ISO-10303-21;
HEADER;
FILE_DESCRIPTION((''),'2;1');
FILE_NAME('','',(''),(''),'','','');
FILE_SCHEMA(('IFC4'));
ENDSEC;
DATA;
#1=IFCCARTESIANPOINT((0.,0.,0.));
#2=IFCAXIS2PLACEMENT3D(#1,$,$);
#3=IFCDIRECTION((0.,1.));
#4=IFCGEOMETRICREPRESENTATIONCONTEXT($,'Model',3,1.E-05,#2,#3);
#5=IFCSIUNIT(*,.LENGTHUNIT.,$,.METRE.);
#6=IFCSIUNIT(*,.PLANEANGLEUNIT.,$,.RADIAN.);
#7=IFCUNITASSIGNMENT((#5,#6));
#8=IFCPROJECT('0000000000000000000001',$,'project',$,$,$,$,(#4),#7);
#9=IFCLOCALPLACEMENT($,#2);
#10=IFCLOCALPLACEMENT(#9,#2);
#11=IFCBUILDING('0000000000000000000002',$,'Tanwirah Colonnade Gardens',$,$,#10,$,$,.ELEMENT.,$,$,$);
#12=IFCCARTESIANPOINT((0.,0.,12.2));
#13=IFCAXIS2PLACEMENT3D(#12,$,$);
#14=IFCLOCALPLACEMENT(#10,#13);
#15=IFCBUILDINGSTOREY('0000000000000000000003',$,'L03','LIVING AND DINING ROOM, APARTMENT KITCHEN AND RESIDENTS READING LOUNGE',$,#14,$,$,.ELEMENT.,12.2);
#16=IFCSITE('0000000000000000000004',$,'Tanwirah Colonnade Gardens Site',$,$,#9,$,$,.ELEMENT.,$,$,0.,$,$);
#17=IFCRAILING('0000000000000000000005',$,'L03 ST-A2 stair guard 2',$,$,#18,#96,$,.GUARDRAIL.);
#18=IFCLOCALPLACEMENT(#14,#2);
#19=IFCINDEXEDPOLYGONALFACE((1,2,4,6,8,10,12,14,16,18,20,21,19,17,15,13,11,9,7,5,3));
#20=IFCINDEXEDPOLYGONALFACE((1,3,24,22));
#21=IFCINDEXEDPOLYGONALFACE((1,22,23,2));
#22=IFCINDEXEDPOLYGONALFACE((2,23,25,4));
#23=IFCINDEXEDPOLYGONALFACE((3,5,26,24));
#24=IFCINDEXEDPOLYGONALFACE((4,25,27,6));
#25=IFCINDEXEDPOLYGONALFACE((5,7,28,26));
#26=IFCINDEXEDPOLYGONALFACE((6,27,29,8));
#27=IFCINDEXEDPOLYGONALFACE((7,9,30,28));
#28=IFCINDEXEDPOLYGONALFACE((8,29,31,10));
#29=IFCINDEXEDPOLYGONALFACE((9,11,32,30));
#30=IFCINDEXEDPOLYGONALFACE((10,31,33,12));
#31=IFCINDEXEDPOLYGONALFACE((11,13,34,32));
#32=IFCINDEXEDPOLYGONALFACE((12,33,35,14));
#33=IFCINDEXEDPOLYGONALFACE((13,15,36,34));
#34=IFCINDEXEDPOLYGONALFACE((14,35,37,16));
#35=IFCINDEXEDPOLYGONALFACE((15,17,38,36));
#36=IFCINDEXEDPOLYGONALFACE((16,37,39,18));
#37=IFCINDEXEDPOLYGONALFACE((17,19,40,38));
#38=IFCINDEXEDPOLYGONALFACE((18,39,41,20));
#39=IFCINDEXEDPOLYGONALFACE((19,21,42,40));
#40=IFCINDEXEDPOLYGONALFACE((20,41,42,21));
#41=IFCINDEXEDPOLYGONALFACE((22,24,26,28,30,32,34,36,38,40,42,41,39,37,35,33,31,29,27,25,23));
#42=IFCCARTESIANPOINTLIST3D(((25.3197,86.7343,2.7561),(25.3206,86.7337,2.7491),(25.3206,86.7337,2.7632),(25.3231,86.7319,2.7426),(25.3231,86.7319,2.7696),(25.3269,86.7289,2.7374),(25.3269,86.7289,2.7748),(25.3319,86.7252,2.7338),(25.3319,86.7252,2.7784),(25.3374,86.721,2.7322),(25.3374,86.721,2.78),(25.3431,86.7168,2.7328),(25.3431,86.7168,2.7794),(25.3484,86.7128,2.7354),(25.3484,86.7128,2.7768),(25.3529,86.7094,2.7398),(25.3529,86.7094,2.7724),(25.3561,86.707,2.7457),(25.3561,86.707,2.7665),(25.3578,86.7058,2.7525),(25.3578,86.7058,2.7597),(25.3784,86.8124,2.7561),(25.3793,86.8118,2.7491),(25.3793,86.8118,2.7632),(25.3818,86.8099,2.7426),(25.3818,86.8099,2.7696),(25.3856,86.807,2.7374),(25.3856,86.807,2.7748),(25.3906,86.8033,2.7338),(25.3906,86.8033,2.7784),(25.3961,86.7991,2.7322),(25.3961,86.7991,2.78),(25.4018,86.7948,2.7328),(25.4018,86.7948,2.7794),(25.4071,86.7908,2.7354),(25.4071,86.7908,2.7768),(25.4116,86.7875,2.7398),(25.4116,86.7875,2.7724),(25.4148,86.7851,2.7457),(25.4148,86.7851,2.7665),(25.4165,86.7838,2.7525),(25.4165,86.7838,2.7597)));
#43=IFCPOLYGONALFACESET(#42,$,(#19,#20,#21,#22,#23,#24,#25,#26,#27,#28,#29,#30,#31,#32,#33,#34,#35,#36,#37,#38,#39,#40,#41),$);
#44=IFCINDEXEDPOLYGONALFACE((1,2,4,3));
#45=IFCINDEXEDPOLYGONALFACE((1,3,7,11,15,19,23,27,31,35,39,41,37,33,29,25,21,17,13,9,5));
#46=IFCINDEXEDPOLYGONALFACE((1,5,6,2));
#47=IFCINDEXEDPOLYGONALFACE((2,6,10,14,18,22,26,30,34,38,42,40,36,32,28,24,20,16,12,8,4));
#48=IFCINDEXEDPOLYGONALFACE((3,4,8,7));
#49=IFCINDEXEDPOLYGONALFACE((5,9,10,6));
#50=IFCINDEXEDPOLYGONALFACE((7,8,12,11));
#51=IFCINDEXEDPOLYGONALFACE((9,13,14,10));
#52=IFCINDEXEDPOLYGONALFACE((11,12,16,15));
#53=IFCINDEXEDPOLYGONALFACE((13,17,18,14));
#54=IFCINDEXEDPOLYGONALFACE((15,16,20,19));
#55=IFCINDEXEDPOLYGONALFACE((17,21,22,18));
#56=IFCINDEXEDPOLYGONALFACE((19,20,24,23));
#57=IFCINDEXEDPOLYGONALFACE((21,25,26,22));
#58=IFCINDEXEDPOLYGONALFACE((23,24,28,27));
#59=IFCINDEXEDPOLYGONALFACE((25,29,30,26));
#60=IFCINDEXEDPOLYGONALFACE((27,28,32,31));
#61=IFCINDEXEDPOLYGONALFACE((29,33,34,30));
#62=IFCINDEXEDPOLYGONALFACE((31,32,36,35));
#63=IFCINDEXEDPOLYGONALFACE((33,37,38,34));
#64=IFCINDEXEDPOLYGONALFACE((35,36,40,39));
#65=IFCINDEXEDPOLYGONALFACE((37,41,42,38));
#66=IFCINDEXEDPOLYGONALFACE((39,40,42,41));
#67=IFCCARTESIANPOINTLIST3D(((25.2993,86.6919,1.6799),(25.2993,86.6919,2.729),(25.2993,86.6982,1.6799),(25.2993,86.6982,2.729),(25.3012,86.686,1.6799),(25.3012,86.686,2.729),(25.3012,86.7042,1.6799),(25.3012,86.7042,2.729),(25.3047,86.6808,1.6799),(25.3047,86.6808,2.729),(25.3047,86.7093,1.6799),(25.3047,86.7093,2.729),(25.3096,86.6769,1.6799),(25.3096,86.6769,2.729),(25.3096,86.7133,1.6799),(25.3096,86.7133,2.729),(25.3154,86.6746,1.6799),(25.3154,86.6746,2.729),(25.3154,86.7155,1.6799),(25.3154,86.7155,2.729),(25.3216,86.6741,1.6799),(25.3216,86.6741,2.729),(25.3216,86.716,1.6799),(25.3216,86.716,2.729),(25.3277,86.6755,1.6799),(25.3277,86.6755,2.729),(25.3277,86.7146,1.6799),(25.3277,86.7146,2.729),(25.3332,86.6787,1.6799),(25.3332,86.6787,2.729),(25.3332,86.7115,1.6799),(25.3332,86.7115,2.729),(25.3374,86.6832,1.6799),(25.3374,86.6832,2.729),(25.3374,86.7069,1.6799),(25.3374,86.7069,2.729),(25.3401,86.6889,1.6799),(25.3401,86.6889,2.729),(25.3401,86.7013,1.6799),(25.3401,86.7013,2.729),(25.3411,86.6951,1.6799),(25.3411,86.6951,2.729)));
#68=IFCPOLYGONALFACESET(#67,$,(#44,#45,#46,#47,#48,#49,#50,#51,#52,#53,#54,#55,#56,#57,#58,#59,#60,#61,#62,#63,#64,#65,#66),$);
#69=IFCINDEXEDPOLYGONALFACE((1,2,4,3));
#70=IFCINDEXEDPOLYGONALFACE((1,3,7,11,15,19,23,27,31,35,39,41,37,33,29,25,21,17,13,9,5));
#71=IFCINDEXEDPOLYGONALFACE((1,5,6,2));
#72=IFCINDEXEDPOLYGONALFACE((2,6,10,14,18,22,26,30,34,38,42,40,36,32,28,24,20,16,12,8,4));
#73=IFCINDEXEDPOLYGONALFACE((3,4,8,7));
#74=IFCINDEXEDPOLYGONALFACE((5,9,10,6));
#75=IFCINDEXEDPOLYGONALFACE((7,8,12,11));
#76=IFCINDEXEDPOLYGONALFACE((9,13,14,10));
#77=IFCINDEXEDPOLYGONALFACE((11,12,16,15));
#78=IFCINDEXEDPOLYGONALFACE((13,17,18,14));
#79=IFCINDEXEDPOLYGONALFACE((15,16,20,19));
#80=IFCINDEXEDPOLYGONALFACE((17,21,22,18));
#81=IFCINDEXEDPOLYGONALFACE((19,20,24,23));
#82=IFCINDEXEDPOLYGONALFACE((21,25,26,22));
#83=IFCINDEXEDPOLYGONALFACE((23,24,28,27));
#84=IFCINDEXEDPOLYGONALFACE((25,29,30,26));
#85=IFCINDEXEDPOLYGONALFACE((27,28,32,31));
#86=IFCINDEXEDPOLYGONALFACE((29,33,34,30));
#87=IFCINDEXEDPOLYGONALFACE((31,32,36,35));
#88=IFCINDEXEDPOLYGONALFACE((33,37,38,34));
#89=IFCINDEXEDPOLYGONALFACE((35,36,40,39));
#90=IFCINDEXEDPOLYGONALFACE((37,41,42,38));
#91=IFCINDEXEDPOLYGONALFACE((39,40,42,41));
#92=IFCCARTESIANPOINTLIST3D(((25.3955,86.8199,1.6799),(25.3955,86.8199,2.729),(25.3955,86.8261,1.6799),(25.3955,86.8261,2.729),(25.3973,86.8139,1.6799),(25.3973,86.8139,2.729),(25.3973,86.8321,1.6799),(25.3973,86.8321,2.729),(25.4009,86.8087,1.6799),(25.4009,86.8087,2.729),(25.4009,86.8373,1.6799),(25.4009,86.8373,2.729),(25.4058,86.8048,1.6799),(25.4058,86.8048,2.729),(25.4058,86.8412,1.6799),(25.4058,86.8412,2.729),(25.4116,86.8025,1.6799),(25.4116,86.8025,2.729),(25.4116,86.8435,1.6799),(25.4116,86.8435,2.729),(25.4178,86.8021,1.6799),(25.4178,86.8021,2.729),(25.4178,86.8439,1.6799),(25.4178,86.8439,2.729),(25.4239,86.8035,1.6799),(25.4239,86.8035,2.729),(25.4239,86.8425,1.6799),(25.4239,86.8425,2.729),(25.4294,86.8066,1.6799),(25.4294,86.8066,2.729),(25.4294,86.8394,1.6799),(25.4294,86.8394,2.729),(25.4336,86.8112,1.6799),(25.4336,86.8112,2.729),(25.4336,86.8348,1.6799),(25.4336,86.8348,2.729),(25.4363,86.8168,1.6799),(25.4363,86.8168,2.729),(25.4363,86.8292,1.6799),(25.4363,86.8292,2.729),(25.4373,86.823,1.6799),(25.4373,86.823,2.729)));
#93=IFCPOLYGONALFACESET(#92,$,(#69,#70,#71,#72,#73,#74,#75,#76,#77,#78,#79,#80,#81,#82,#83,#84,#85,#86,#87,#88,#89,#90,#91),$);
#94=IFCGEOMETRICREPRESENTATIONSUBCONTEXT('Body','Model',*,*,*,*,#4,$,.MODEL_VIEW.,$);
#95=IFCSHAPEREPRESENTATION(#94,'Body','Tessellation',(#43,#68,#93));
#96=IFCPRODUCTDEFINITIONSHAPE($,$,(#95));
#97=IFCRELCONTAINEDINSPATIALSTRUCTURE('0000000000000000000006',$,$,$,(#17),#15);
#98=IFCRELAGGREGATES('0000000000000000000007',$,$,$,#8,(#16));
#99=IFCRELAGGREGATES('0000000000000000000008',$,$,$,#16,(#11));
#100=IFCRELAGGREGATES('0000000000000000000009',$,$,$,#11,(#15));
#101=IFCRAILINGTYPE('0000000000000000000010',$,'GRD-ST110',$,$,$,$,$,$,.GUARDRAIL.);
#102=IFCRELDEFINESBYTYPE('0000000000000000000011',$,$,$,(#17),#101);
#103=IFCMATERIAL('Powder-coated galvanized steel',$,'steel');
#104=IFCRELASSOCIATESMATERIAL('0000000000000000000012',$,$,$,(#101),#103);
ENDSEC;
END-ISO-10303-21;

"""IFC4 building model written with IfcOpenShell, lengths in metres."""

from ifc_helpers import new_model, si_unit, direction, frame, origin, origin_2d, place, context, subcontext, project, spatial, circle, extrude, material, type_object, element, save


model = new_model("IFC4")

# Units and contexts
model_context = context("Model", 3, precision=1e-05, world=origin(), true_north=direction((0.0, 1.0)))
body_context = subcontext(model_context, "Body", "Model", "MODEL_VIEW")
ifc_project = project(units=[si_unit("LENGTHUNIT", "METRE"), si_unit("PLANEANGLEUNIT", "RADIAN")], contexts=[model_context])

# Site, building, storey
site_placement = place(None, origin())
site = spatial("IfcSite", under=ifc_project, at=site_placement, Name="Tanwirah Colonnade Gardens Site", CompositionType="ELEMENT", RefElevation=0.0)
building_placement = place(site_placement, origin())
building = spatial("IfcBuilding", under=site, at=building_placement, Name="Tanwirah Colonnade Gardens", CompositionType="ELEMENT")
storey_placement = place(building_placement, frame((0.0, 0.0, 12.2)))
storey = spatial("IfcBuildingStorey", under=building, at=storey_placement, Name="L03", Description="LIVING AND DINING ROOM, APARTMENT KITCHEN AND RESIDENTS READING LOUNGE", CompositionType="ELEMENT", Elevation=12.2)

# Railing
ifc_material_1 = material(Name="Powder-coated galvanized steel", Category="steel")
railing_type_1 = type_object("IfcRailingType", Name="GRD-ST110", PredefinedType="GUARDRAIL", material=ifc_material_1)
railing_1_placement = place(storey_placement, frame((25.3201, 86.6951, 1.6799)))
element("IfcRailing", 1, at=railing_1_placement, inside=storey, type_object=railing_type_1, Name="L03 ST-A2 stair guard 2", PredefinedType="GUARDRAIL", context=body_context, shape_type="SweptSolid", body=[
    extrude(circle(Radius=0.0239, at=origin_2d()), frame((0.0188, 0.0249, 1.0762), z_axis=(0.600976, 0.799267, 0.0), x_axis=(-0.799267, 0.600976, 0.0)), (0.0, 0.0, 1.0), 0.0977),
    extrude(circle(Radius=0.021, at=origin_2d()), origin(), (0.0, 0.0, 1.0), 1.0491),
    extrude(circle(Radius=0.021, at=origin_2d()), frame((0.0962, 0.1279, 0.0)), (0.0, 0.0, 1.0), 1.0491),
])

save(model, "model.ifc")
